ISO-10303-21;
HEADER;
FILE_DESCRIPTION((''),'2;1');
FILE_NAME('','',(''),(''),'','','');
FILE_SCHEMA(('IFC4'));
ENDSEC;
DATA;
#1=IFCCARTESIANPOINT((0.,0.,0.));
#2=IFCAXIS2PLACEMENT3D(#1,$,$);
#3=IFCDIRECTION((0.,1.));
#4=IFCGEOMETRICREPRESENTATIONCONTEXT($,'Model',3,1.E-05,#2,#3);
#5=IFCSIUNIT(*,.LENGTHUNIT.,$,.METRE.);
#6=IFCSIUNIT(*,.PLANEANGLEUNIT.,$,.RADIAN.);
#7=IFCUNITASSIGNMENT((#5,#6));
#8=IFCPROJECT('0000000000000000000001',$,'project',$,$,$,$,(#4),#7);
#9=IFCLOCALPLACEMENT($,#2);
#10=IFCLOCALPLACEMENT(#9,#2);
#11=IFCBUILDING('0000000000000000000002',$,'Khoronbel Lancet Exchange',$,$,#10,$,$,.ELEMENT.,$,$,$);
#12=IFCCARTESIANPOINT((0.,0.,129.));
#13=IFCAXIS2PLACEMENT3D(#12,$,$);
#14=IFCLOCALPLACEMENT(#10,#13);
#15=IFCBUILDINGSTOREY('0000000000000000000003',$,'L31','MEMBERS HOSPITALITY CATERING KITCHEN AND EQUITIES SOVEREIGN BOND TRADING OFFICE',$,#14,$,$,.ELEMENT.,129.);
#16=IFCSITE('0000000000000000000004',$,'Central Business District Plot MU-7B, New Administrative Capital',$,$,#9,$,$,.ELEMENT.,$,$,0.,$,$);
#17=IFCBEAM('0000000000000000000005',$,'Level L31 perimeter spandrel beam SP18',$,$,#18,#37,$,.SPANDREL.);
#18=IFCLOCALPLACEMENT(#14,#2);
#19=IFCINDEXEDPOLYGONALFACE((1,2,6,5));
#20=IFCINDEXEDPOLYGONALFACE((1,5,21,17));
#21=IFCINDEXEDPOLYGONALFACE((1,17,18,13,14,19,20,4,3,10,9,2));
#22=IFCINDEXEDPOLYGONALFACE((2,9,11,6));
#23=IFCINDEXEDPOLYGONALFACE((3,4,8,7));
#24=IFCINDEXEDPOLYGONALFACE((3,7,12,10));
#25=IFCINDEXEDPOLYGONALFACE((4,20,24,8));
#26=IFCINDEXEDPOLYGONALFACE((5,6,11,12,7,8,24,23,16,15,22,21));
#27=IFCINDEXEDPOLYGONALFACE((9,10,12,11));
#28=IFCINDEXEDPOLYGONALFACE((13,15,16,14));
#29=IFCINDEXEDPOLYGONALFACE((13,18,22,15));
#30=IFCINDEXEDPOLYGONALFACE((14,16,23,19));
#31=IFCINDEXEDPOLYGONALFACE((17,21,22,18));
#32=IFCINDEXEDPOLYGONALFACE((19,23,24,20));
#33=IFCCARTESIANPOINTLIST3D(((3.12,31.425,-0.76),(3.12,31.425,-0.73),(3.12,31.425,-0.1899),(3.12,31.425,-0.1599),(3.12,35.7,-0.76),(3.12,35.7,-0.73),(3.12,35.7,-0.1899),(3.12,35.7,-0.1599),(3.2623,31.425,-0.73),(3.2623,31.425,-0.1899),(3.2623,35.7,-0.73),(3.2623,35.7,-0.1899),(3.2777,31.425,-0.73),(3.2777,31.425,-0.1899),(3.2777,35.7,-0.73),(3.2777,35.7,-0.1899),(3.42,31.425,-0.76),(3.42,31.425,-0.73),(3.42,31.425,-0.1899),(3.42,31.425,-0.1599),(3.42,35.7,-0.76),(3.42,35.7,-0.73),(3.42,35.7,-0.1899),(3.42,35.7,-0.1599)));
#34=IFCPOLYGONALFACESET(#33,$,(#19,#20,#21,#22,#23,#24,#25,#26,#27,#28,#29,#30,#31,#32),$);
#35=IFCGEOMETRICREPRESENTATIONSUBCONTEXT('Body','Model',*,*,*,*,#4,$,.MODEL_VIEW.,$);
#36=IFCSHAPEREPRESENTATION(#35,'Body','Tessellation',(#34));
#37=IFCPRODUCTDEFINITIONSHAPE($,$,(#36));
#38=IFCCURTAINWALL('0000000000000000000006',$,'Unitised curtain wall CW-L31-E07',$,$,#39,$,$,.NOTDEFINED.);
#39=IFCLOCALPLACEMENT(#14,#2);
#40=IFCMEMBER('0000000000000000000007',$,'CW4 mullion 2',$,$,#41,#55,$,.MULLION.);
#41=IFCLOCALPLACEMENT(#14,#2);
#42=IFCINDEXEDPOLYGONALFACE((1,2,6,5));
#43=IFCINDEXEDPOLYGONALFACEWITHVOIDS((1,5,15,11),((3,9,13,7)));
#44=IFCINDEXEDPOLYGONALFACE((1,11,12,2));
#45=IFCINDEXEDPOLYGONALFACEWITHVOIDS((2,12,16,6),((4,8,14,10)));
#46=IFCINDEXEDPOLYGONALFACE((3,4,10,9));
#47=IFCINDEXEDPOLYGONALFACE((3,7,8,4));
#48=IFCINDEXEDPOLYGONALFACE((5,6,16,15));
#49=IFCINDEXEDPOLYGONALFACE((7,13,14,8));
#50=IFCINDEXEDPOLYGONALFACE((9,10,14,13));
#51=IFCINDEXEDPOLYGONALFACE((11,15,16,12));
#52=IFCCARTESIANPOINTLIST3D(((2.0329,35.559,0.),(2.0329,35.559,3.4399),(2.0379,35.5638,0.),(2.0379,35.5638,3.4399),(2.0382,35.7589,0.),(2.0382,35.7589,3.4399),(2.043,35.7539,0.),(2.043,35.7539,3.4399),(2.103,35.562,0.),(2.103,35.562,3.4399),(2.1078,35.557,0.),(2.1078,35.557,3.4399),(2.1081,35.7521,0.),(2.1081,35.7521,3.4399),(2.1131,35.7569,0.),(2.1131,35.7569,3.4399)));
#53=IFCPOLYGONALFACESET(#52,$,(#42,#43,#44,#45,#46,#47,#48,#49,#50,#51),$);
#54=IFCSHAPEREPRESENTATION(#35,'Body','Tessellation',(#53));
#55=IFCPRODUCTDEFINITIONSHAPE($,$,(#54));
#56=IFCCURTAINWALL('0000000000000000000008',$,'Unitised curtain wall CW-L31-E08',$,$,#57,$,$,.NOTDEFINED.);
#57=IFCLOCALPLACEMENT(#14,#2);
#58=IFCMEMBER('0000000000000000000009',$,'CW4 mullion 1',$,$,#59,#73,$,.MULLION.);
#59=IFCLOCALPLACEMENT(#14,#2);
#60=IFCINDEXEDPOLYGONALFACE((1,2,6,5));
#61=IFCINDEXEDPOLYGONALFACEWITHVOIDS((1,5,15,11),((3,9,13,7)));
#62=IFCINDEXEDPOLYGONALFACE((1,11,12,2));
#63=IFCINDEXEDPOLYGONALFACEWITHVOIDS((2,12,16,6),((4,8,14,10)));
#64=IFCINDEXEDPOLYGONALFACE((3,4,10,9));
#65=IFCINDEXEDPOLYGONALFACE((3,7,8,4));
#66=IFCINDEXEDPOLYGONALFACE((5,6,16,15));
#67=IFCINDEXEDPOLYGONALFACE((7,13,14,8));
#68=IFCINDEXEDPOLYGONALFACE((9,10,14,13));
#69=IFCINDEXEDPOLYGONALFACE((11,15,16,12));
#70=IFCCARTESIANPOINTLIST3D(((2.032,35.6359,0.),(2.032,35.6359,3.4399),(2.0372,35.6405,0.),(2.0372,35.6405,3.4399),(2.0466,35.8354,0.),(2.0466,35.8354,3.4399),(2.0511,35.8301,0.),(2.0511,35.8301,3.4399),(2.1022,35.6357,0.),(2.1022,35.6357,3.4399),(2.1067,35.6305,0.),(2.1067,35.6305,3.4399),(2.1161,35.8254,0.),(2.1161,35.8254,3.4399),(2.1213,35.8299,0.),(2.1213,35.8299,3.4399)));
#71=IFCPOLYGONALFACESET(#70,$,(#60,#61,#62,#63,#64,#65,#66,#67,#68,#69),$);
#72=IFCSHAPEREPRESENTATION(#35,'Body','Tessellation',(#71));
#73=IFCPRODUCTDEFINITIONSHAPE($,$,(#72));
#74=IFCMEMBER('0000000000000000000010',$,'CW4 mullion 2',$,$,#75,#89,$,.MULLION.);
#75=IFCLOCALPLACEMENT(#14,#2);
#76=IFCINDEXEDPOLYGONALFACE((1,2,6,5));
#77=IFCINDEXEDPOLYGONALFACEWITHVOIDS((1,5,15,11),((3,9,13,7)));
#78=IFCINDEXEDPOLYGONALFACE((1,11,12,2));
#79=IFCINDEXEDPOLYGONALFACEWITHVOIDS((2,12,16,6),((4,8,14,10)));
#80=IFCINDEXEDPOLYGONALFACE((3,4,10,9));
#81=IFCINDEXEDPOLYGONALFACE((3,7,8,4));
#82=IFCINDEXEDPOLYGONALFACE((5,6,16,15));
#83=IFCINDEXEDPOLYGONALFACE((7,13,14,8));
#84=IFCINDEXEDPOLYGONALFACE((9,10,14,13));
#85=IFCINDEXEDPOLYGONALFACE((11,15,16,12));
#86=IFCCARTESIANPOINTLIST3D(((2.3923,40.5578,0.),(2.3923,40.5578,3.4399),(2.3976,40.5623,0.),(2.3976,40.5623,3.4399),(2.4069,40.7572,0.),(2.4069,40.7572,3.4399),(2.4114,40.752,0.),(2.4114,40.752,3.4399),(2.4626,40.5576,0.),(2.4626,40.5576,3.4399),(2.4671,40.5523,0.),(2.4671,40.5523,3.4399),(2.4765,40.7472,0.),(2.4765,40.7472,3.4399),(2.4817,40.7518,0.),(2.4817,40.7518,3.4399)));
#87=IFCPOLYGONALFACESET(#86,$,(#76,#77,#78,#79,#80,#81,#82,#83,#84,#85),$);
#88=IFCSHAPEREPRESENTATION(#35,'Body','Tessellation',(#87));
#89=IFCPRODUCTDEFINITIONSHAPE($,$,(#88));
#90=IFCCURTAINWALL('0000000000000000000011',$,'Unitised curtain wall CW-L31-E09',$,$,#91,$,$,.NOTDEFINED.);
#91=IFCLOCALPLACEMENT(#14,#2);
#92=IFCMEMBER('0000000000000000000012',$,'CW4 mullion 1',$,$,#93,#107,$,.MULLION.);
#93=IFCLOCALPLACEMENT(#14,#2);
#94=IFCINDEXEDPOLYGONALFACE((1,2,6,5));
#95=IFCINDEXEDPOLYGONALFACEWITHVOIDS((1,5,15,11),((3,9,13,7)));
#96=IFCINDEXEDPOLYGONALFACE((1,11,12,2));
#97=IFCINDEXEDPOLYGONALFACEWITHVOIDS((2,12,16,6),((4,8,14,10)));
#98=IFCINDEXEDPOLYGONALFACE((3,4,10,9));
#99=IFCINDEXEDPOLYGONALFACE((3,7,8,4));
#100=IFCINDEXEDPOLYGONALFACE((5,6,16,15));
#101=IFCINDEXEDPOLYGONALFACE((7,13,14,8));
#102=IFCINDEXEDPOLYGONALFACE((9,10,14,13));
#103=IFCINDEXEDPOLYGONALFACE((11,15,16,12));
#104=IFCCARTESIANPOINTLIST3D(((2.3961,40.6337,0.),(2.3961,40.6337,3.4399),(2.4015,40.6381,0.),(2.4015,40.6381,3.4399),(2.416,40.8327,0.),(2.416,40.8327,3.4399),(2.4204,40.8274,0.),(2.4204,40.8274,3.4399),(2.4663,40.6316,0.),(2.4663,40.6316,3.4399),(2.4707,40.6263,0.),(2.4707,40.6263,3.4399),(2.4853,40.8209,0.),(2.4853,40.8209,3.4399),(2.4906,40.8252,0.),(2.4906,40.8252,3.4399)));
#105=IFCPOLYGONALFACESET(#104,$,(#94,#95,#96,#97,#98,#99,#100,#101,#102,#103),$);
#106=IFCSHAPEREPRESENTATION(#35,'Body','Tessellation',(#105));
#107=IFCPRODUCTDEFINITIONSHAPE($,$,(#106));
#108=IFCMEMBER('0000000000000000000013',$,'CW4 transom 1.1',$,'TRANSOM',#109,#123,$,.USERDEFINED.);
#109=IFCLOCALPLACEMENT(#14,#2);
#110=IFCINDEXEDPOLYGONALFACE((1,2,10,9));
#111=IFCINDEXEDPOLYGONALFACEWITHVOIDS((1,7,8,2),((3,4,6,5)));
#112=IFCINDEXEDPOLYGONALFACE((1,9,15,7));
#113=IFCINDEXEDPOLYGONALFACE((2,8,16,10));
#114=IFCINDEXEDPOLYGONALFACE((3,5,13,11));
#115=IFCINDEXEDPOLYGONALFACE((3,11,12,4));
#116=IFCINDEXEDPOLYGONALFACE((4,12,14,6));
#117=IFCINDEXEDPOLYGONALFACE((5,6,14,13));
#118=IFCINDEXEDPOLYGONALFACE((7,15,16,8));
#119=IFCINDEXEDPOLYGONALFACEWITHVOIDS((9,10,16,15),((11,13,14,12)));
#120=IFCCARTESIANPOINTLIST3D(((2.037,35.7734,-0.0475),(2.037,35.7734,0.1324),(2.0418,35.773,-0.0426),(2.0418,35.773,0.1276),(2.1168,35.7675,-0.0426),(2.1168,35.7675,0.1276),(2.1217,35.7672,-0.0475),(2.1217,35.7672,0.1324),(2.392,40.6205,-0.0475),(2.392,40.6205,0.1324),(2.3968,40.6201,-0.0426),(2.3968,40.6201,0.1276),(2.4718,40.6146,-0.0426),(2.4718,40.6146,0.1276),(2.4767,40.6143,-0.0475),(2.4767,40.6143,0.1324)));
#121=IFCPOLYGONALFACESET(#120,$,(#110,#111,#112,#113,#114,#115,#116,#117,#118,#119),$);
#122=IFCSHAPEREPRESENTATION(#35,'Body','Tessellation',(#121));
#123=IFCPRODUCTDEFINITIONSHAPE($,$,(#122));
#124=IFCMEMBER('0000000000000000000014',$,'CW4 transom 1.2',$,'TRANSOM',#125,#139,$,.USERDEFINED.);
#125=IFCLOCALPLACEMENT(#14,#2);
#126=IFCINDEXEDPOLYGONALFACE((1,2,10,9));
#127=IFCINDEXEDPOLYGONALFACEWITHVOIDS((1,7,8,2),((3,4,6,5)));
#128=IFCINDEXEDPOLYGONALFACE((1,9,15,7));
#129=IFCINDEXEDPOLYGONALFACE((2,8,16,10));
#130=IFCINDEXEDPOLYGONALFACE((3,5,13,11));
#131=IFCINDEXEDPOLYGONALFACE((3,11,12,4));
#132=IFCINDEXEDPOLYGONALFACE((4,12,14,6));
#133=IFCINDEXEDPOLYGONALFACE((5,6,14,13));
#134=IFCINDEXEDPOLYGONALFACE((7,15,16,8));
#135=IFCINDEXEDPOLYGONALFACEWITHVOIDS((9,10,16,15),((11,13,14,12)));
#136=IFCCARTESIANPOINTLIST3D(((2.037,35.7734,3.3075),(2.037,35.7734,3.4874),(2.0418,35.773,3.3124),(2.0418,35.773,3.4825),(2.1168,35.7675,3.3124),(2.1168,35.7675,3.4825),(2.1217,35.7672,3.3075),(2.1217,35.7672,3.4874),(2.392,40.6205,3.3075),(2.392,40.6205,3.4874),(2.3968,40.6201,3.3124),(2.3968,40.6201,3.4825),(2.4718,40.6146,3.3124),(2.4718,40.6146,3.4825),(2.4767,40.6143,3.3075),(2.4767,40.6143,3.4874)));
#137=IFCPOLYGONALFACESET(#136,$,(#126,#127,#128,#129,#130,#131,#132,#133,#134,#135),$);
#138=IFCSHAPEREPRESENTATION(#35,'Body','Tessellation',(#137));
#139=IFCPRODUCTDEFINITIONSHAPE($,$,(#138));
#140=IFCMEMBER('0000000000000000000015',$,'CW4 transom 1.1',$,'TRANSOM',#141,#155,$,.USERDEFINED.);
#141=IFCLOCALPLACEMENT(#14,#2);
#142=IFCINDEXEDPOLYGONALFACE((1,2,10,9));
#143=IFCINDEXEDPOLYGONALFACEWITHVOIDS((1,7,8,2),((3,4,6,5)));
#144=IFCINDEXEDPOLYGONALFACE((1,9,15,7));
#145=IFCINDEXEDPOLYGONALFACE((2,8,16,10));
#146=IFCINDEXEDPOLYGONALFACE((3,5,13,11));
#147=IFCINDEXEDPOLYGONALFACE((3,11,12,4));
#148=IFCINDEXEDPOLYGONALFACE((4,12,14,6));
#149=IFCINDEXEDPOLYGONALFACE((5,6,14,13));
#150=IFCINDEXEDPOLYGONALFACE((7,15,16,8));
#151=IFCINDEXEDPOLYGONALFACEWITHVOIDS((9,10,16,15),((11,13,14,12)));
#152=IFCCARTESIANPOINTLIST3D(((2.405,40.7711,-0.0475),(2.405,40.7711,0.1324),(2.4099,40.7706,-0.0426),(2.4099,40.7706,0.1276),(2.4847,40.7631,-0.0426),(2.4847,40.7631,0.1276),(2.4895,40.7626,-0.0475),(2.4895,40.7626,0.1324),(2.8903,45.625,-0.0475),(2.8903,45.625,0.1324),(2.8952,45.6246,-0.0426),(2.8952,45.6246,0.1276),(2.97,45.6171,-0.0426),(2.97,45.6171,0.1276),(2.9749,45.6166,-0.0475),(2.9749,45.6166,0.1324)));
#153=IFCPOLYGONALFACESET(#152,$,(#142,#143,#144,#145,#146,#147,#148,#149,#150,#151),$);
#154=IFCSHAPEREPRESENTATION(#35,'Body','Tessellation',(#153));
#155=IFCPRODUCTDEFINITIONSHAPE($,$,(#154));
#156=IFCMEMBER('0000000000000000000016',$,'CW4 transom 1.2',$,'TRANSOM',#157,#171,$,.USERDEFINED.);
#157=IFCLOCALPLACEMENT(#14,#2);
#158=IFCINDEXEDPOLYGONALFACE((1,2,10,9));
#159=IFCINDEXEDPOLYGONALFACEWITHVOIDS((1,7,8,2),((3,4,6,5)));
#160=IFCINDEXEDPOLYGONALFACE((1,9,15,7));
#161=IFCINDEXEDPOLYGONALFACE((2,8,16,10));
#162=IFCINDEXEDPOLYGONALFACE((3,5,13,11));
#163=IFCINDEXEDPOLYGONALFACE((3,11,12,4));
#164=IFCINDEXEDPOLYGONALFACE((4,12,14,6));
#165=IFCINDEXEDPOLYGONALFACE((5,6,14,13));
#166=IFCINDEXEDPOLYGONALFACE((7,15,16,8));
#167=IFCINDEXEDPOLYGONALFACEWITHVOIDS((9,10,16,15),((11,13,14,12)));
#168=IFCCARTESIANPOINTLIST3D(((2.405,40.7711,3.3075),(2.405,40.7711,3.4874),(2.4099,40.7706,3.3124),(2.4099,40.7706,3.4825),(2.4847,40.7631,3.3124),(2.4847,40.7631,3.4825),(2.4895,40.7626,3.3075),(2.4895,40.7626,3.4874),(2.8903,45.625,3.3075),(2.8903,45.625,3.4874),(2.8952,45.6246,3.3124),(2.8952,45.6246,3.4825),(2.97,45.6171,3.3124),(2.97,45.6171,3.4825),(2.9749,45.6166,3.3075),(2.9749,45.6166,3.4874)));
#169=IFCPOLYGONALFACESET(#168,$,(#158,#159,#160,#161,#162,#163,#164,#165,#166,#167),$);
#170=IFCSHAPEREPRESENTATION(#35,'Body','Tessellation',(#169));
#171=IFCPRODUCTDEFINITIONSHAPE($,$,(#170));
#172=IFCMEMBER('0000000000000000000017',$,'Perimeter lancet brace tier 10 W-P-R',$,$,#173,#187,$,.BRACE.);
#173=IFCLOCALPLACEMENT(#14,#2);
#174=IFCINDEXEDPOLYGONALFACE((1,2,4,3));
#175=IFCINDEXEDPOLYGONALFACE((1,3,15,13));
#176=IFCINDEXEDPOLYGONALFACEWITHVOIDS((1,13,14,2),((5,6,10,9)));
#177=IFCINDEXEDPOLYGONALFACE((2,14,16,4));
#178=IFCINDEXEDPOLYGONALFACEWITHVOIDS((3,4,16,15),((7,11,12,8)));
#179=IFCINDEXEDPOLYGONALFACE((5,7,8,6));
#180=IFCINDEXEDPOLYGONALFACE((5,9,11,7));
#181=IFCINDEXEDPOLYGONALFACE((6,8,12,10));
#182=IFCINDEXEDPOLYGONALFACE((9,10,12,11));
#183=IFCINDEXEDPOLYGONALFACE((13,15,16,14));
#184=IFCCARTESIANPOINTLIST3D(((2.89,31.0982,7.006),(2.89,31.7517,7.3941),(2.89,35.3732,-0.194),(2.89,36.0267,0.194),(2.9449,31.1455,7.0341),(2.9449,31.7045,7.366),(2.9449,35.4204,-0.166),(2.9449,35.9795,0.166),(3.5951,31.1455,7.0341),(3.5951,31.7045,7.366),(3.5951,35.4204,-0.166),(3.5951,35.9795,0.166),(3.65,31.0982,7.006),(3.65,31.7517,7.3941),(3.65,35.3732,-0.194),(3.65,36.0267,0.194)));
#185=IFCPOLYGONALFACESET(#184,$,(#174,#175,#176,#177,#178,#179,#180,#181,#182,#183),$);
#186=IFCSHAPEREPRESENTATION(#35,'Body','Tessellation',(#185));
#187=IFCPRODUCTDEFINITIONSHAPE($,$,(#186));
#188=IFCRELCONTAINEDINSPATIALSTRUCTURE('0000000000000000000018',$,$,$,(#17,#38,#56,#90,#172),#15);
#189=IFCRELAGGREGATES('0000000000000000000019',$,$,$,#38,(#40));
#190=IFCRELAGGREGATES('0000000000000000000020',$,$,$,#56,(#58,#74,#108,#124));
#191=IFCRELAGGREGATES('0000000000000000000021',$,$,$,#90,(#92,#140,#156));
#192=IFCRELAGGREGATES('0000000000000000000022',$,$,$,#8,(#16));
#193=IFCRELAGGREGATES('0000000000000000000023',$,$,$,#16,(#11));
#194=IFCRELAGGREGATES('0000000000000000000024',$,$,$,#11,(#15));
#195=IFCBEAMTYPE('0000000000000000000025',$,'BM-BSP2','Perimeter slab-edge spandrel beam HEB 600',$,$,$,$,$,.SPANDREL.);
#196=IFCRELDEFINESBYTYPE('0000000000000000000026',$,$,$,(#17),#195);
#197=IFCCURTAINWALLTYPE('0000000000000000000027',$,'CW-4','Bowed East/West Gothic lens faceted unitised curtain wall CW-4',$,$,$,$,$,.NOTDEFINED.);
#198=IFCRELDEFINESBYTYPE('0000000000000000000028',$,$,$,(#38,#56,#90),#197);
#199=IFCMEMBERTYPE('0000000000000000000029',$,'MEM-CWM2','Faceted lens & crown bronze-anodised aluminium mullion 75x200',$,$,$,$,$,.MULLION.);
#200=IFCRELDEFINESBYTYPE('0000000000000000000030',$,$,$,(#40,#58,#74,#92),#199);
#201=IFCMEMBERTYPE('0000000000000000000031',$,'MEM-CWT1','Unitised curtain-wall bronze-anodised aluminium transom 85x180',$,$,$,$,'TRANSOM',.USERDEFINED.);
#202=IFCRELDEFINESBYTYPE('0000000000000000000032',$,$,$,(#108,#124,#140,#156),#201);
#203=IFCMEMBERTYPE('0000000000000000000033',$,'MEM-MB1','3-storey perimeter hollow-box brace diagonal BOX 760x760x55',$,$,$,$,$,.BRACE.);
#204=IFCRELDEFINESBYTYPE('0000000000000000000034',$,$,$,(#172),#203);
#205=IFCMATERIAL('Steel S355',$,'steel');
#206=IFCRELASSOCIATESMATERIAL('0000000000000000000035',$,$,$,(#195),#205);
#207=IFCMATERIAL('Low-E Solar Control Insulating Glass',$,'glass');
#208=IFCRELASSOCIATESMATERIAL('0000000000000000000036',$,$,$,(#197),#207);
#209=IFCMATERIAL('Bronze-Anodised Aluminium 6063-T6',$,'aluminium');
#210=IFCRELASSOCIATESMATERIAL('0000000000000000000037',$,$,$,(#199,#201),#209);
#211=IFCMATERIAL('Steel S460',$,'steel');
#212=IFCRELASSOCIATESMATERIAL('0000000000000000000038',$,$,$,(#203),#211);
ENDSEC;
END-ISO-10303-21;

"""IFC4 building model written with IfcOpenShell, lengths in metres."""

from ifc_helpers import new_model, si_unit, direction, frame, origin, origin_2d, place, context, subcontext, project, spatial, hollow_rectangle, i_section, extrude, material, material_profile, profile_set, type_object, element, aggregate, save


model = new_model("IFC4")

# Units and contexts
model_context = context("Model", 3, precision=1e-05, world=origin(), true_north=direction((0.0, 1.0)))
body_context = subcontext(model_context, "Body", "Model", "MODEL_VIEW")
ifc_project = project(units=[si_unit("LENGTHUNIT", "METRE"), si_unit("PLANEANGLEUNIT", "RADIAN")], contexts=[model_context])

# Site, building, storey
site_placement = place(None, origin())
site = spatial("IfcSite", under=ifc_project, at=site_placement, Name="Central Business District Plot MU-7B, New Administrative Capital", CompositionType="ELEMENT", RefElevation=0.0)
building_placement = place(site_placement, origin())
building = spatial("IfcBuilding", under=site, at=building_placement, Name="Khoronbel Lancet Exchange", CompositionType="ELEMENT")
storey_placement = place(building_placement, frame((0.0, 0.0, 129.0)))
storey = spatial("IfcBuildingStorey", under=building, at=storey_placement, Name="L31", Description="MEMBERS HOSPITALITY CATERING KITCHEN AND EQUITIES SOVEREIGN BOND TRADING OFFICE", CompositionType="ELEMENT", Elevation=129.0)

# Shared definitions
ifc_material_1 = material(Name="Steel S460", Category="steel")
ifc_material_2 = material(Name="Steel S355", Category="steel")

# Beam
ifc_material_profile_1 = material_profile(ifc_material_2, i_section(OverallWidth=0.3, OverallDepth=0.6001, WebThickness=0.0154, FlangeThickness=0.03, at=origin_2d()), Name="HEB 600")
ifc_profile_set_1 = profile_set([ifc_material_profile_1], Name="Steel S355")
beam_type_1 = type_object("IfcBeamType", Name="BM-BSP2", Description="Perimeter slab-edge spandrel beam HEB 600", PredefinedType="SPANDREL", material=ifc_profile_set_1)
beam_1_placement = place(storey_placement, frame((3.27, 35.7, -0.46), z_axis=(0.0, -1.0, 0.0), x_axis=(1.0, 0.0, 0.0)))
element("IfcBeam", 1, at=beam_1_placement, inside=storey, type_object=beam_type_1, Name="Level L31 perimeter spandrel beam SP18", PredefinedType="SPANDREL", context=body_context, shape_type="SweptSolid", body=[
    extrude(i_section(OverallWidth=0.3, OverallDepth=0.6001, WebThickness=0.0154, FlangeThickness=0.03, at=origin_2d()), origin(), (0.0, 0.0, 1.0), 4.2749),
])

# Curtain wall, member
ifc_material_3 = material(Name="Low-E Solar Control Insulating Glass", Category="glass")
curtain_wall_type = type_object("IfcCurtainWallType", Name="CW-4", Description="Bowed East/West Gothic lens faceted unitised curtain wall CW-4", PredefinedType="NOTDEFINED", material=ifc_material_3)
curtain_wall_1_placement = place(storey_placement, origin())
curtain_wall_1 = element("IfcCurtainWall", 2, at=curtain_wall_1_placement, inside=storey, type_object=curtain_wall_type, Name="Unitised curtain wall CW-L31-E07", PredefinedType="NOTDEFINED")
ifc_material_4 = material(Name="Bronze-Anodised Aluminium 6063-T6", Category="aluminium")
ifc_material_profile_2 = material_profile(ifc_material_4, hollow_rectangle(XDim=0.075, YDim=0.2, WallThickness=0.0049, at=origin_2d()), Name="ALU MULLION 75x200")
ifc_profile_set_2 = profile_set([ifc_material_profile_2], Name="Bronze-Anodised Aluminium 6063-T6")
member_type_1 = type_object("IfcMemberType", Name="MEM-CWM2", Description="Faceted lens & crown bronze-anodised aluminium mullion 75x200", PredefinedType="MULLION", material=ifc_profile_set_2)
member_1_placement = place(storey_placement, frame((2.073, 35.658, 0.0), z_axis=(0.0, 0.0, 1.0), x_axis=(-0.999641, 0.026795, 0.0)))
member_1 = element("IfcMember", 3, at=member_1_placement, type_object=member_type_1, Name="CW4 mullion 2", PredefinedType="MULLION", context=body_context, shape_type="SweptSolid", body=[
    extrude(hollow_rectangle(XDim=0.075, YDim=0.2, WallThickness=0.0049, at=origin_2d()), origin(), (0.0, 0.0, 1.0), 3.4399),
])
aggregate(curtain_wall_1, [member_1])

# Curtain wall, members
curtain_wall_2_placement = place(storey_placement, origin())
curtain_wall_2 = element("IfcCurtainWall", 4, at=curtain_wall_2_placement, inside=storey, type_object=curtain_wall_type, Name="Unitised curtain wall CW-L31-E08", PredefinedType="NOTDEFINED")
member_2_placement = place(storey_placement, frame((2.0767, 35.7329, 0.0), z_axis=(0.0, 0.0, 1.0), x_axis=(-0.997331, 0.073013, 0.0)))
member_2 = element("IfcMember", 5, at=member_2_placement, type_object=member_type_1, Name="CW4 mullion 1", PredefinedType="MULLION", context=body_context, shape_type="SweptSolid", body=[
    extrude(hollow_rectangle(XDim=0.075, YDim=0.2, WallThickness=0.0049, at=origin_2d()), origin(), (0.0, 0.0, 1.0), 3.4399),
])
member_3_placement = place(storey_placement, frame((2.437, 40.6548, 0.0), z_axis=(0.0, 0.0, 1.0), x_axis=(-0.997331, 0.073013, 0.0)))
member_3 = element("IfcMember", 6, at=member_3_placement, type_object=member_type_1, Name="CW4 mullion 2", PredefinedType="MULLION", context=body_context, shape_type="SweptSolid", body=[
    extrude(hollow_rectangle(XDim=0.075, YDim=0.2, WallThickness=0.0049, at=origin_2d()), origin(), (0.0, 0.0, 1.0), 3.4399),
])

# Curtain wall, member
curtain_wall_3_placement = place(storey_placement, origin())
curtain_wall_3 = element("IfcCurtainWall", 7, at=curtain_wall_3_placement, inside=storey, type_object=curtain_wall_type, Name="Unitised curtain wall CW-L31-E09", PredefinedType="NOTDEFINED")
member_4_placement = place(storey_placement, frame((2.4434, 40.7295, 0.0), z_axis=(0.0, 0.0, 1.0), x_axis=(-0.995038, 0.099498, 0.0)))
member_4 = element("IfcMember", 8, at=member_4_placement, type_object=member_type_1, Name="CW4 mullion 1", PredefinedType="MULLION", context=body_context, shape_type="SweptSolid", body=[
    extrude(hollow_rectangle(XDim=0.075, YDim=0.2, WallThickness=0.0049, at=origin_2d()), origin(), (0.0, 0.0, 1.0), 3.4399),
])

# Members
ifc_material_profile_3 = material_profile(ifc_material_4, hollow_rectangle(XDim=0.085, YDim=0.1799, WallThickness=0.0049, at=origin_2d()), Name="ALU TRANSOM 85x180")
ifc_profile_set_3 = profile_set([ifc_material_profile_3], Name="Bronze-Anodised Aluminium 6063-T6")
member_type_2 = type_object("IfcMemberType", Name="MEM-CWT1", Description="Unitised curtain-wall bronze-anodised aluminium transom 85x180", ElementType="TRANSOM", PredefinedType="USERDEFINED", material=ifc_profile_set_3)
member_5_placement = place(storey_placement, frame((2.0793, 35.7703, 0.0425), z_axis=(0.073039, 0.997329, 0.0), x_axis=(-0.997329, 0.073039, 0.0)))
member_5 = element("IfcMember", 9, at=member_5_placement, type_object=member_type_2, Name="CW4 transom 1.1", ObjectType="TRANSOM", PredefinedType="USERDEFINED", context=body_context, shape_type="SweptSolid", body=[
    extrude(hollow_rectangle(XDim=0.085, YDim=0.1799, WallThickness=0.0049, at=origin_2d()), origin(), (0.0, 0.0, 1.0), 4.8601),
])
member_6_placement = place(storey_placement, frame((2.0793, 35.7703, 3.3975), z_axis=(0.073039, 0.997329, 0.0), x_axis=(-0.997329, 0.073039, 0.0)))
member_6 = element("IfcMember", 10, at=member_6_placement, type_object=member_type_2, Name="CW4 transom 1.2", ObjectType="TRANSOM", PredefinedType="USERDEFINED", context=body_context, shape_type="SweptSolid", body=[
    extrude(hollow_rectangle(XDim=0.085, YDim=0.1799, WallThickness=0.0049, at=origin_2d()), origin(), (0.0, 0.0, 1.0), 4.8601),
])
member_7_placement = place(storey_placement, frame((2.4473, 40.7668, 0.0425), z_axis=(0.099494, 0.995038, 0.0), x_axis=(-0.995038, 0.099494, 0.0)))
member_7 = element("IfcMember", 11, at=member_7_placement, type_object=member_type_2, Name="CW4 transom 1.1", ObjectType="TRANSOM", PredefinedType="USERDEFINED", context=body_context, shape_type="SweptSolid", body=[
    extrude(hollow_rectangle(XDim=0.085, YDim=0.1799, WallThickness=0.0049, at=origin_2d()), origin(), (0.0, 0.0, 1.0), 4.8782),
])
member_8_placement = place(storey_placement, frame((2.4473, 40.7668, 3.3975), z_axis=(0.099494, 0.995038, 0.0), x_axis=(-0.995038, 0.099494, 0.0)))
member_8 = element("IfcMember", 12, at=member_8_placement, type_object=member_type_2, Name="CW4 transom 1.2", ObjectType="TRANSOM", PredefinedType="USERDEFINED", context=body_context, shape_type="SweptSolid", body=[
    extrude(hollow_rectangle(XDim=0.085, YDim=0.1799, WallThickness=0.0049, at=origin_2d()), origin(), (0.0, 0.0, 1.0), 4.8782),
])
ifc_material_profile_4 = material_profile(ifc_material_1, hollow_rectangle(XDim=0.76, YDim=0.76, WallThickness=0.0549, at=origin_2d()), Name="BOX 760x760x55")
ifc_profile_set_4 = profile_set([ifc_material_profile_4], Name="Steel S460")
member_type_3 = type_object("IfcMemberType", Name="MEM-MB1", Description="3-storey perimeter hollow-box brace diagonal BOX 760x760x55", PredefinedType="BRACE", material=ifc_profile_set_4)
member_9_placement = place(storey_placement, frame((3.27, 35.7, 0.0), z_axis=(0.0, -0.510533, 0.859858), x_axis=(1.0, 0.0, 0.0)))
element("IfcMember", 13, at=member_9_placement, inside=storey, type_object=member_type_3, Name="Perimeter lancet brace tier 10 W-P-R", PredefinedType="BRACE", context=body_context, shape_type="SweptSolid", body=[
    extrude(hollow_rectangle(XDim=0.76, YDim=0.76, WallThickness=0.0549, at=origin_2d()), origin(), (0.0, 0.0, 1.0), 8.3735),
])

aggregate(curtain_wall_2, [member_2, member_3, member_5, member_6])
aggregate(curtain_wall_3, [member_4, member_7, member_8])

save(model, "model.ifc")
